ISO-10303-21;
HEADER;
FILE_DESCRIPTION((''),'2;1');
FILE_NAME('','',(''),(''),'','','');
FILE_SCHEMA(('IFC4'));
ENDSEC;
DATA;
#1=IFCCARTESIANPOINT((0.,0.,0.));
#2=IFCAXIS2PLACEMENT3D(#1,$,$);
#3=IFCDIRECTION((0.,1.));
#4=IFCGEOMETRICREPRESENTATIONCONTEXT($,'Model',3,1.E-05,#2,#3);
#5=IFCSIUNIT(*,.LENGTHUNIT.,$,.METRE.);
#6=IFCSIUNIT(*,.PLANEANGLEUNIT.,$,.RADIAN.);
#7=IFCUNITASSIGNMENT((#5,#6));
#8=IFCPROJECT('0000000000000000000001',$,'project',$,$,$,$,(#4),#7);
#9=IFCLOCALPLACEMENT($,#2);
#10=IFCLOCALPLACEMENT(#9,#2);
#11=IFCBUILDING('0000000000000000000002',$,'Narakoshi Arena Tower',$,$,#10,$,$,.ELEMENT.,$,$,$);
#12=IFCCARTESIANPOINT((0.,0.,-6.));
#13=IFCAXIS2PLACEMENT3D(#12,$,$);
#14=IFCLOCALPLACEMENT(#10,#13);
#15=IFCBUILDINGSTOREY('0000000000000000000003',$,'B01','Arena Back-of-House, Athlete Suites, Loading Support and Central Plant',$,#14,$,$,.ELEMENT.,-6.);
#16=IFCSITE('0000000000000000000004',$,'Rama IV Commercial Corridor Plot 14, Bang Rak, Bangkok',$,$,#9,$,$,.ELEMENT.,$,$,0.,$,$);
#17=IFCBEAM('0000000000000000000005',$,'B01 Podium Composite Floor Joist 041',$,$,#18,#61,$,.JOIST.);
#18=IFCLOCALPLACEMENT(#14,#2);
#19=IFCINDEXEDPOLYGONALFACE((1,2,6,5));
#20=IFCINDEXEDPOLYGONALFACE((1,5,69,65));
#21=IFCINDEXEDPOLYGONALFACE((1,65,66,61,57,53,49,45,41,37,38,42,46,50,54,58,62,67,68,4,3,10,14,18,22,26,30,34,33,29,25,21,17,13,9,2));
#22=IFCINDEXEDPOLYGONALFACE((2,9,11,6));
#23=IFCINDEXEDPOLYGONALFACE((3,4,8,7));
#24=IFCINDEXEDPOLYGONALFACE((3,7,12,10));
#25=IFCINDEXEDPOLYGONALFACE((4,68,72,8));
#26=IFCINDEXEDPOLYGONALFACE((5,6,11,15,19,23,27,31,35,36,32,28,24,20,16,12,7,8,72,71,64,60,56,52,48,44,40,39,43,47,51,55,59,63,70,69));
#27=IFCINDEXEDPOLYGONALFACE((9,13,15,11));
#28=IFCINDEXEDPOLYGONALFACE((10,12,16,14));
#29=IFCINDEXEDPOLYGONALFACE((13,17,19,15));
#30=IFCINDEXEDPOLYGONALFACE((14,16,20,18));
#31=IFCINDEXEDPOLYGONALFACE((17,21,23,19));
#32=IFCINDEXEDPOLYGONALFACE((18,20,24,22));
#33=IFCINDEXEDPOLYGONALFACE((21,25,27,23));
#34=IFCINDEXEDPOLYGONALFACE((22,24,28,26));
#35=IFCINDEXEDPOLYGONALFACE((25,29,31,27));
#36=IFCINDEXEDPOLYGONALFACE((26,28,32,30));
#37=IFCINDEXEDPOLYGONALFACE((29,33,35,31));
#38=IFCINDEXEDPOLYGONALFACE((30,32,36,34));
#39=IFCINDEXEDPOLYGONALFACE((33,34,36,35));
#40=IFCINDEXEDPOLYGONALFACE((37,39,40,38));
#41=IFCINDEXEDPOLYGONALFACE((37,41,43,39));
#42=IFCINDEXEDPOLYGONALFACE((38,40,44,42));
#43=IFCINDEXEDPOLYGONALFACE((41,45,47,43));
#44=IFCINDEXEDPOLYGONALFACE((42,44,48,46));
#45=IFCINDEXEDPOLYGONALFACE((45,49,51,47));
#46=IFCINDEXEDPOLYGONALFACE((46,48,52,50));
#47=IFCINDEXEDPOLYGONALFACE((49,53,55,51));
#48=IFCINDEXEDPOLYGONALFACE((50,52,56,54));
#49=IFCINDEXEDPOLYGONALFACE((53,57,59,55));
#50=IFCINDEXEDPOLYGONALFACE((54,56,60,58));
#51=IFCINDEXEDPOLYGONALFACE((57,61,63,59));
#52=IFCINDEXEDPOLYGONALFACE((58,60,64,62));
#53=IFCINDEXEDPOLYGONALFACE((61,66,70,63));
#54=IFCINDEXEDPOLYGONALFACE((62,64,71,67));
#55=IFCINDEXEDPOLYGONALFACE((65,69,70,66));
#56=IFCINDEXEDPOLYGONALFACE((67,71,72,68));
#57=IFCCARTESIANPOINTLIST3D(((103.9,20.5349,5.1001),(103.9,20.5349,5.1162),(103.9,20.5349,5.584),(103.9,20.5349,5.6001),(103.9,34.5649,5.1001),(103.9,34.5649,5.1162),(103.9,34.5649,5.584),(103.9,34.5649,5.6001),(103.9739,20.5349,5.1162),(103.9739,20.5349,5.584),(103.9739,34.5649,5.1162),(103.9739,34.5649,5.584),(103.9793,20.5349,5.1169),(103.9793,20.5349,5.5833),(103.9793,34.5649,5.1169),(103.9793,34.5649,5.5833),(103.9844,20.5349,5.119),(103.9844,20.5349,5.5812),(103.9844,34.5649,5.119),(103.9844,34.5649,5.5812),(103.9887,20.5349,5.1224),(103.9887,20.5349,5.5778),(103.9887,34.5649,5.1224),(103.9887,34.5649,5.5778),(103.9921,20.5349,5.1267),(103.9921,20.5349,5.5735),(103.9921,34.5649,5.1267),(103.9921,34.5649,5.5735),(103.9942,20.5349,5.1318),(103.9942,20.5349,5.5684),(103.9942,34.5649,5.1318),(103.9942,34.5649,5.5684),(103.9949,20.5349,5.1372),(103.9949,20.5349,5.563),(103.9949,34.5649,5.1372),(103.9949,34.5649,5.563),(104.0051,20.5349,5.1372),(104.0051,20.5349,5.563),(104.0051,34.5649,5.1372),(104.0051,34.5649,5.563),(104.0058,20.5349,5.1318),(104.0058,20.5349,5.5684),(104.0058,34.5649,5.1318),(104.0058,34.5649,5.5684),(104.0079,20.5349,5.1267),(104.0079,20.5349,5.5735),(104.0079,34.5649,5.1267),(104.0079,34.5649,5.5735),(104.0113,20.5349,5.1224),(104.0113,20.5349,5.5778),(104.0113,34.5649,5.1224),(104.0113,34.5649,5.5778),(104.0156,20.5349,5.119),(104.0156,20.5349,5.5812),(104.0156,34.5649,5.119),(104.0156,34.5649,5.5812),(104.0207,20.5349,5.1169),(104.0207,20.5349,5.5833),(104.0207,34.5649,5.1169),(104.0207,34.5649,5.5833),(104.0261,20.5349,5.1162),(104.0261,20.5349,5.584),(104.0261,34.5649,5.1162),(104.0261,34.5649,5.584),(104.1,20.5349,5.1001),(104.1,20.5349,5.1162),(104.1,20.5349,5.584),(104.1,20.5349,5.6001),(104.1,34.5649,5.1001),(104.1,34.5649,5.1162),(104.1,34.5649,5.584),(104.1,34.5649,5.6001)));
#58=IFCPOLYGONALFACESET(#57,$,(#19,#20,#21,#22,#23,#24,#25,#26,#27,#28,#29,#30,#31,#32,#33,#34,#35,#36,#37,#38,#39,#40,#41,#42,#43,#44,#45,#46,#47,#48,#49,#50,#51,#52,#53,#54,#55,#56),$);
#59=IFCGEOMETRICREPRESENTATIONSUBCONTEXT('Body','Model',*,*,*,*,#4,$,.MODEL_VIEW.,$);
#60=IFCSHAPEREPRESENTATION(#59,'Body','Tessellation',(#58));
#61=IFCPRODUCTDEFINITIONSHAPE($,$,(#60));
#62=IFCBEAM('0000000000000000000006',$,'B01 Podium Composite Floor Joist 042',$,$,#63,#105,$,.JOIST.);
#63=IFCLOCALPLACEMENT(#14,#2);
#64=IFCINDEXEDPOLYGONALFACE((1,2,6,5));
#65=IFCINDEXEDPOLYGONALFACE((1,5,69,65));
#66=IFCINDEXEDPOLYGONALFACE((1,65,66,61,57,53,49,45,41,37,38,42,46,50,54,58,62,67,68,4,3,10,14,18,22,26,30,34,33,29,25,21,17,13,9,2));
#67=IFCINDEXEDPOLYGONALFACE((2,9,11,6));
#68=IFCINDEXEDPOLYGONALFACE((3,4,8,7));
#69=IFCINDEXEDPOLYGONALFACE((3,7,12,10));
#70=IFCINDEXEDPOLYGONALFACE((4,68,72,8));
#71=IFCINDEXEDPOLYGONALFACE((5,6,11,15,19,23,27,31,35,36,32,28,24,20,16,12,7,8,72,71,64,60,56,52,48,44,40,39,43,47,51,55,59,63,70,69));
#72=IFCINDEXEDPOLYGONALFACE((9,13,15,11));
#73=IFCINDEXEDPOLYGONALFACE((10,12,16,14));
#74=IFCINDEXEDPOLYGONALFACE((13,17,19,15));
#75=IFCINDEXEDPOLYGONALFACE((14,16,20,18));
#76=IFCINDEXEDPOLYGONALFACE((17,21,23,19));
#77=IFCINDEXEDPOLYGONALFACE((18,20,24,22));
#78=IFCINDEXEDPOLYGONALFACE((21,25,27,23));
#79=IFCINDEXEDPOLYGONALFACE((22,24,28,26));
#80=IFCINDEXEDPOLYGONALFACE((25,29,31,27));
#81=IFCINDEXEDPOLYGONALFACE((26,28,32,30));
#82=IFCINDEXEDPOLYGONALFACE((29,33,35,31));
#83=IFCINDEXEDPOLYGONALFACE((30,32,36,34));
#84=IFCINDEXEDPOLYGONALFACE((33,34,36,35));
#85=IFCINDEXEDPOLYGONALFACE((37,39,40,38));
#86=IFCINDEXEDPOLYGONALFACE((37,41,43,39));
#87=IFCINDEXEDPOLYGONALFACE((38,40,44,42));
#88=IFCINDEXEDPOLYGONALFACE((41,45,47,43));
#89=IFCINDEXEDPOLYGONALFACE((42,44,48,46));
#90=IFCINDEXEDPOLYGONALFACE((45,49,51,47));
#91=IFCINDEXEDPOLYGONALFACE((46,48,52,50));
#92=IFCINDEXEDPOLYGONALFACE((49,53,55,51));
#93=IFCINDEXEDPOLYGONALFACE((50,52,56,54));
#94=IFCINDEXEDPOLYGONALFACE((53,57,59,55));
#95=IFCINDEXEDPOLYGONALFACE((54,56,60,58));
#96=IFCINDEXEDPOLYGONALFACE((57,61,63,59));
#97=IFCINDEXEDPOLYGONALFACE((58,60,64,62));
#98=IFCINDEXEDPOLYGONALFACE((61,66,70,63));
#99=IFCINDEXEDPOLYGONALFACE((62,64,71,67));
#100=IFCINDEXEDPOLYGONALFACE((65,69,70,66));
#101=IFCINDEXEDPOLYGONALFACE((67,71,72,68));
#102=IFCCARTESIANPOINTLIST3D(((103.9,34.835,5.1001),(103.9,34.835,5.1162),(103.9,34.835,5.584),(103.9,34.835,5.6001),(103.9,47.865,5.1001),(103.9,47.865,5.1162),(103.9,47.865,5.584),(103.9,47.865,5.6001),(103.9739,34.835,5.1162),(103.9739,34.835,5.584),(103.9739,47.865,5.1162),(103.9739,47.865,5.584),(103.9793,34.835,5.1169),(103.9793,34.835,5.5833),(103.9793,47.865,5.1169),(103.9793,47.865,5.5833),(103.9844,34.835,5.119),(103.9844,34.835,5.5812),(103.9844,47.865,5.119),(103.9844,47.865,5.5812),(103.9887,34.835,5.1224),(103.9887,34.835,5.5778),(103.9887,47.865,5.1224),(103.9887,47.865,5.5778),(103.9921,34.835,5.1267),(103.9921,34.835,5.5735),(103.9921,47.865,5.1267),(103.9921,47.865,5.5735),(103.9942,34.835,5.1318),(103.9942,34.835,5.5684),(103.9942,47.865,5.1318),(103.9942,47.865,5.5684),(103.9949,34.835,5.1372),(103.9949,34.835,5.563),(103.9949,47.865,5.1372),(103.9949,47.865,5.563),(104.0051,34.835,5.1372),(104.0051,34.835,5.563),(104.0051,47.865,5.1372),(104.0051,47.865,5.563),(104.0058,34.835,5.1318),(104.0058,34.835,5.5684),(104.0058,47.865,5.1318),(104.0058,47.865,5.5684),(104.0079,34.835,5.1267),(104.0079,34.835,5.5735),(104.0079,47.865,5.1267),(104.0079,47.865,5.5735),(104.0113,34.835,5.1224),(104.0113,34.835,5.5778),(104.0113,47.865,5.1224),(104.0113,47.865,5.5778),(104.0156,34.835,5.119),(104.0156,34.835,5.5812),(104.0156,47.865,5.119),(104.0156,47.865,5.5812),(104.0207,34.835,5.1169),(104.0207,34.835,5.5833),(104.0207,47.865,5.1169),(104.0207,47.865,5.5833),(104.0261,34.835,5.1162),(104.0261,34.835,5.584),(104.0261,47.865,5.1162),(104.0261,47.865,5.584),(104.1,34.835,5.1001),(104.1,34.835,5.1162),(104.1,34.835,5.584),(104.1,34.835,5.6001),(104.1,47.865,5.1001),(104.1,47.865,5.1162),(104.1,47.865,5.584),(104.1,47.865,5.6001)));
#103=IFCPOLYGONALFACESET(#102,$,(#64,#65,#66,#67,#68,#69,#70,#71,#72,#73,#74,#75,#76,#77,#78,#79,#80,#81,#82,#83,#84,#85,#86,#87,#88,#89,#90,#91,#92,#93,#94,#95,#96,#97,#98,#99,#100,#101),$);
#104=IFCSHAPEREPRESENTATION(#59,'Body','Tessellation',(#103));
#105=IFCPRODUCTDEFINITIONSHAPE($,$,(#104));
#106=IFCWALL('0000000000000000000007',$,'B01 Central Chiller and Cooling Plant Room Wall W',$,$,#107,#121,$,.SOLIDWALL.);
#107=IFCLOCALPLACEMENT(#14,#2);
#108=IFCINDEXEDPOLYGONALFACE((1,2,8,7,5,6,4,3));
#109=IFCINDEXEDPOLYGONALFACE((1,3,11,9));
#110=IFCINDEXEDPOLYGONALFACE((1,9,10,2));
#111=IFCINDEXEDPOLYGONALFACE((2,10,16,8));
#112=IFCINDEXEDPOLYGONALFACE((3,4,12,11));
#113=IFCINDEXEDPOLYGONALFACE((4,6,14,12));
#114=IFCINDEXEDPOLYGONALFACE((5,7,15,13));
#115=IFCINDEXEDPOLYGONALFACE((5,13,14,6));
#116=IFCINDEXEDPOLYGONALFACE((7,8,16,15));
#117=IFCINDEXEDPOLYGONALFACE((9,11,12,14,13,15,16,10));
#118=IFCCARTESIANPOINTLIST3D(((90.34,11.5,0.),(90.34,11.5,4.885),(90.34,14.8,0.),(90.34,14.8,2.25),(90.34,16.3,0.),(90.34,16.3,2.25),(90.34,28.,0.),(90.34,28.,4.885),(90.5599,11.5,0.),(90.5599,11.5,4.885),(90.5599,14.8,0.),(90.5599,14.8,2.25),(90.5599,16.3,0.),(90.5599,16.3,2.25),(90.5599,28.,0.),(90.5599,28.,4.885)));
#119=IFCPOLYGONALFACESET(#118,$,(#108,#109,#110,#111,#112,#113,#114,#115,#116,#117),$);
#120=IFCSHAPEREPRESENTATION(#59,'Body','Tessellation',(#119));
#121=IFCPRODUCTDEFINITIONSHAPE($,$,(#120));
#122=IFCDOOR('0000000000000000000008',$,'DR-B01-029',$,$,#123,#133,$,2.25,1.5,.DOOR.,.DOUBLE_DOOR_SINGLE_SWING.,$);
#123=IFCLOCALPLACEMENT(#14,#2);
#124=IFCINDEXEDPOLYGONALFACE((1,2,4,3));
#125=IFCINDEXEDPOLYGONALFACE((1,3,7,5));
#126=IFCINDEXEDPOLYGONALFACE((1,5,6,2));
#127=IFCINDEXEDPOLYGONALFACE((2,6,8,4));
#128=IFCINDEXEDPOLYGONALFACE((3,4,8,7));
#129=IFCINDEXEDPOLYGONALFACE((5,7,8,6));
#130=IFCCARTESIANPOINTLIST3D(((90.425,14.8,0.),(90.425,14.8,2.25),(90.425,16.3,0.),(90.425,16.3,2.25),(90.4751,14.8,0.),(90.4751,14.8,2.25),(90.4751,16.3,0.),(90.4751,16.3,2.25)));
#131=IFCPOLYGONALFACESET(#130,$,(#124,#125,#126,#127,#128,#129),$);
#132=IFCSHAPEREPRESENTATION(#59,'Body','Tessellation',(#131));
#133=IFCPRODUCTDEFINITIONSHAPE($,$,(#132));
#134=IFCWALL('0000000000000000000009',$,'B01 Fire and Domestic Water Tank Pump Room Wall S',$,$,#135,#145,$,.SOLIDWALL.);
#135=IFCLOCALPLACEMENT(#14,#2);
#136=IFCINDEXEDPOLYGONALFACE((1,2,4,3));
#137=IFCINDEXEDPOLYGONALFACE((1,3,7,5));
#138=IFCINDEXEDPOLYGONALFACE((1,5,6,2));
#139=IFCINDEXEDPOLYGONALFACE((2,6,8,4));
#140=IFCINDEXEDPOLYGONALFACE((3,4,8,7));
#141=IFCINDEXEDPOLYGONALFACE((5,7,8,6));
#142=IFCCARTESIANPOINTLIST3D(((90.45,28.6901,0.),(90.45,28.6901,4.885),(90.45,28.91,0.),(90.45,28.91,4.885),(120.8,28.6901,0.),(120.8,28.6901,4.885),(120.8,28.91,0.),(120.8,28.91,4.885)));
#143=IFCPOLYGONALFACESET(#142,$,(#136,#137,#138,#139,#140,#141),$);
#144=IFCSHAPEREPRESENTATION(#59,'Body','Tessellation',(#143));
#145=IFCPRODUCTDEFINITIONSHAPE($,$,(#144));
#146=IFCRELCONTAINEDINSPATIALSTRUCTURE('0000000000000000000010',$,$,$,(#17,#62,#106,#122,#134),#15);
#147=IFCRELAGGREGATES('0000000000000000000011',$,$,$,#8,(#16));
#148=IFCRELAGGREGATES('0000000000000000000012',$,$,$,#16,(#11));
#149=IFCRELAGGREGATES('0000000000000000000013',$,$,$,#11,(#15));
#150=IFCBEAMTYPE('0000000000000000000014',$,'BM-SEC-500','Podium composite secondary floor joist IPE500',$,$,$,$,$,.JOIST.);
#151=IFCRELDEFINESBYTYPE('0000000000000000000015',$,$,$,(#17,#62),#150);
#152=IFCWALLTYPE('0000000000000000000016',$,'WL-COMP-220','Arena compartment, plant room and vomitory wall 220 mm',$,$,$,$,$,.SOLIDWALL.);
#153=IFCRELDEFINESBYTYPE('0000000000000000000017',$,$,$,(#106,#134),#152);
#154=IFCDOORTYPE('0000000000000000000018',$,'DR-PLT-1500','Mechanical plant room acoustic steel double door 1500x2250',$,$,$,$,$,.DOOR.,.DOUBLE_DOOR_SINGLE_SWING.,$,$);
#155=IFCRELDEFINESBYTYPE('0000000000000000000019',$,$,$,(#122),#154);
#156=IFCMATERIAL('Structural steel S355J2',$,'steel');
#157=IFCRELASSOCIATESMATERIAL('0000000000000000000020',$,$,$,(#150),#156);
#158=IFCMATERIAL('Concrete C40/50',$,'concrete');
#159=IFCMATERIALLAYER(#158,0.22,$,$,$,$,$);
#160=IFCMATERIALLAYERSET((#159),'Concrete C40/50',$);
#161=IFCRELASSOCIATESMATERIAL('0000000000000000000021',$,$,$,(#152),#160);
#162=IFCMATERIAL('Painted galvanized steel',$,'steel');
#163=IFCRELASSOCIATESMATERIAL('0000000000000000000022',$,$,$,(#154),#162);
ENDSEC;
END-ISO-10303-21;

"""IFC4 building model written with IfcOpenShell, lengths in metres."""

from ifc_helpers import new_model, si_unit, direction, frame, frame_2d, origin, origin_2d, place, context, subcontext, project, spatial, rectangle, i_section, extrude, material, layer, layer_set, material_profile, profile_set, type_object, element, fill, save


model = new_model("IFC4")

# Units and contexts
model_context = context("Model", 3, precision=1e-05, world=origin(), true_north=direction((0.0, 1.0)))
body_context = subcontext(model_context, "Body", "Model", "MODEL_VIEW")
ifc_project = project(units=[si_unit("LENGTHUNIT", "METRE"), si_unit("PLANEANGLEUNIT", "RADIAN")], contexts=[model_context])

# Site, building, storey
site_placement = place(None, origin())
site = spatial("IfcSite", under=ifc_project, at=site_placement, Name="Rama IV Commercial Corridor Plot 14, Bang Rak, Bangkok", CompositionType="ELEMENT", RefElevation=0.0)
building_placement = place(site_placement, origin())
building = spatial("IfcBuilding", under=site, at=building_placement, Name="Narakoshi Arena Tower", CompositionType="ELEMENT")
storey_placement = place(building_placement, frame((0.0, 0.0, -6.0)))
storey = spatial("IfcBuildingStorey", under=building, at=storey_placement, Name="B01", Description="Arena Back-of-House, Athlete Suites, Loading Support and Central Plant", CompositionType="ELEMENT", Elevation=-6.0)

# Beams
ifc_material_1 = material(Name="Structural steel S355J2", Category="steel")
ifc_material_profile_1 = material_profile(ifc_material_1, i_section(OverallWidth=0.2, OverallDepth=0.5, WebThickness=0.0103, FlangeThickness=0.0161, FilletRadius=0.021, at=origin_2d()), Name="IPE500")
ifc_profile_set_1 = profile_set([ifc_material_profile_1], Name="Structural steel S355J2")
beam_type_1 = type_object("IfcBeamType", Name="BM-SEC-500", Description="Podium composite secondary floor joist IPE500", PredefinedType="JOIST", material=ifc_profile_set_1)
beam_1_placement = place(storey_placement, frame((104.0, 20.5349, 5.3501), z_axis=(0.0, 1.0, 0.0), x_axis=(-1.0, 0.0, 0.0)))
element("IfcBeam", 1, at=beam_1_placement, inside=storey, type_object=beam_type_1, Name="B01 Podium Composite Floor Joist 041", PredefinedType="JOIST", context=body_context, shape_type="SweptSolid", body=[
    extrude(i_section(OverallWidth=0.2, OverallDepth=0.5, WebThickness=0.0103, FlangeThickness=0.0161, FilletRadius=0.021, at=origin_2d()), origin(), (0.0, 0.0, 1.0), 14.03),
])
beam_2_placement = place(storey_placement, frame((104.0, 34.835, 5.3501), z_axis=(0.0, 1.0, 0.0), x_axis=(-1.0, 0.0, 0.0)))
element("IfcBeam", 2, at=beam_2_placement, inside=storey, type_object=beam_type_1, Name="B01 Podium Composite Floor Joist 042", PredefinedType="JOIST", context=body_context, shape_type="SweptSolid", body=[
    extrude(i_section(OverallWidth=0.2, OverallDepth=0.5, WebThickness=0.0103, FlangeThickness=0.0161, FilletRadius=0.021, at=origin_2d()), origin(), (0.0, 0.0, 1.0), 13.03),
])

# Wall, opening, door
ifc_material_2 = material(Name="Concrete C40/50", Category="concrete")
ifc_layer = layer(ifc_material_2, 0.22)
ifc_layer_set = layer_set([ifc_layer], Name="Concrete C40/50")
wall_type = type_object("IfcWallType", Name="WL-COMP-220", Description="Arena compartment, plant room and vomitory wall 220 mm", PredefinedType="SOLIDWALL", material=ifc_layer_set)
wall_1_placement = place(storey_placement, frame((90.45, 28.0, 0.0), z_axis=(0.0, 0.0, 1.0), x_axis=(0.0, -1.0, 0.0)))
wall_1 = element("IfcWall", 3, at=wall_1_placement, inside=storey, type_object=wall_type, Name="B01 Central Chiller and Cooling Plant Room Wall W", PredefinedType="SOLIDWALL", context=body_context, shape_type="SweptSolid", body=[
    extrude(rectangle(XDim=16.5, YDim=0.22, at=frame_2d((8.25, 0.0))), origin(), (0.0, 0.0, 1.0), 4.885),
])
opening_placement = place(wall_1_placement, frame((11.7, 0.0, 0.0)))
opening = element("IfcOpeningElement", 4, at=opening_placement, cuts=wall_1, PredefinedType="OPENING", context=body_context, shape_type="SweptSolid", body=[
    extrude(rectangle(XDim=1.5, YDim=2.25, at=frame_2d((0.75, 1.125))), frame((0.0, 0.1199, 0.0), z_axis=(0.0, -1.0, 0.0), x_axis=(1.0, 0.0, 0.0)), (0.0, 0.0, 1.0), 0.24),
])
ifc_material_3 = material(Name="Painted galvanized steel", Category="steel")
door_type = type_object("IfcDoorType", Name="DR-PLT-1500", Description="Mechanical plant room acoustic steel double door 1500x2250", OperationType="DOUBLE_DOOR_SINGLE_SWING", PredefinedType="DOOR", material=ifc_material_3)
door_placement = place(opening_placement, frame((1.5, 0.0, 0.0), z_axis=(0.0, 0.0, 1.0), x_axis=(-1.0, 0.0, 0.0)))
door = element("IfcDoor", 5, at=door_placement, inside=storey, type_object=door_type, Name="DR-B01-029", OperationType="DOUBLE_DOOR_SINGLE_SWING", OverallHeight=2.25, OverallWidth=1.5, PredefinedType="DOOR", context=body_context, shape_type="SweptSolid", body=[
    extrude(rectangle(XDim=1.5, YDim=2.25, at=frame_2d((0.75, 1.125))), frame((0.0, 0.0249, 0.0), z_axis=(0.0, -1.0, 0.0), x_axis=(1.0, 0.0, 0.0)), (0.0, 0.0, 1.0), 0.05),
])
fill(opening, door)

# Wall
wall_2_placement = place(storey_placement, frame((90.45, 28.8, 0.0), z_axis=(0.0, 0.0, 1.0), x_axis=(1.0, 0.0, 0.0)))
element("IfcWall", 6, at=wall_2_placement, inside=storey, type_object=wall_type, Name="B01 Fire and Domestic Water Tank Pump Room Wall S", PredefinedType="SOLIDWALL", context=body_context, shape_type="SweptSolid", body=[
    extrude(rectangle(XDim=30.3501, YDim=0.22, at=frame_2d((15.175, 0.0))), origin(), (0.0, 0.0, 1.0), 4.885),
])

save(model, "model.ifc")
